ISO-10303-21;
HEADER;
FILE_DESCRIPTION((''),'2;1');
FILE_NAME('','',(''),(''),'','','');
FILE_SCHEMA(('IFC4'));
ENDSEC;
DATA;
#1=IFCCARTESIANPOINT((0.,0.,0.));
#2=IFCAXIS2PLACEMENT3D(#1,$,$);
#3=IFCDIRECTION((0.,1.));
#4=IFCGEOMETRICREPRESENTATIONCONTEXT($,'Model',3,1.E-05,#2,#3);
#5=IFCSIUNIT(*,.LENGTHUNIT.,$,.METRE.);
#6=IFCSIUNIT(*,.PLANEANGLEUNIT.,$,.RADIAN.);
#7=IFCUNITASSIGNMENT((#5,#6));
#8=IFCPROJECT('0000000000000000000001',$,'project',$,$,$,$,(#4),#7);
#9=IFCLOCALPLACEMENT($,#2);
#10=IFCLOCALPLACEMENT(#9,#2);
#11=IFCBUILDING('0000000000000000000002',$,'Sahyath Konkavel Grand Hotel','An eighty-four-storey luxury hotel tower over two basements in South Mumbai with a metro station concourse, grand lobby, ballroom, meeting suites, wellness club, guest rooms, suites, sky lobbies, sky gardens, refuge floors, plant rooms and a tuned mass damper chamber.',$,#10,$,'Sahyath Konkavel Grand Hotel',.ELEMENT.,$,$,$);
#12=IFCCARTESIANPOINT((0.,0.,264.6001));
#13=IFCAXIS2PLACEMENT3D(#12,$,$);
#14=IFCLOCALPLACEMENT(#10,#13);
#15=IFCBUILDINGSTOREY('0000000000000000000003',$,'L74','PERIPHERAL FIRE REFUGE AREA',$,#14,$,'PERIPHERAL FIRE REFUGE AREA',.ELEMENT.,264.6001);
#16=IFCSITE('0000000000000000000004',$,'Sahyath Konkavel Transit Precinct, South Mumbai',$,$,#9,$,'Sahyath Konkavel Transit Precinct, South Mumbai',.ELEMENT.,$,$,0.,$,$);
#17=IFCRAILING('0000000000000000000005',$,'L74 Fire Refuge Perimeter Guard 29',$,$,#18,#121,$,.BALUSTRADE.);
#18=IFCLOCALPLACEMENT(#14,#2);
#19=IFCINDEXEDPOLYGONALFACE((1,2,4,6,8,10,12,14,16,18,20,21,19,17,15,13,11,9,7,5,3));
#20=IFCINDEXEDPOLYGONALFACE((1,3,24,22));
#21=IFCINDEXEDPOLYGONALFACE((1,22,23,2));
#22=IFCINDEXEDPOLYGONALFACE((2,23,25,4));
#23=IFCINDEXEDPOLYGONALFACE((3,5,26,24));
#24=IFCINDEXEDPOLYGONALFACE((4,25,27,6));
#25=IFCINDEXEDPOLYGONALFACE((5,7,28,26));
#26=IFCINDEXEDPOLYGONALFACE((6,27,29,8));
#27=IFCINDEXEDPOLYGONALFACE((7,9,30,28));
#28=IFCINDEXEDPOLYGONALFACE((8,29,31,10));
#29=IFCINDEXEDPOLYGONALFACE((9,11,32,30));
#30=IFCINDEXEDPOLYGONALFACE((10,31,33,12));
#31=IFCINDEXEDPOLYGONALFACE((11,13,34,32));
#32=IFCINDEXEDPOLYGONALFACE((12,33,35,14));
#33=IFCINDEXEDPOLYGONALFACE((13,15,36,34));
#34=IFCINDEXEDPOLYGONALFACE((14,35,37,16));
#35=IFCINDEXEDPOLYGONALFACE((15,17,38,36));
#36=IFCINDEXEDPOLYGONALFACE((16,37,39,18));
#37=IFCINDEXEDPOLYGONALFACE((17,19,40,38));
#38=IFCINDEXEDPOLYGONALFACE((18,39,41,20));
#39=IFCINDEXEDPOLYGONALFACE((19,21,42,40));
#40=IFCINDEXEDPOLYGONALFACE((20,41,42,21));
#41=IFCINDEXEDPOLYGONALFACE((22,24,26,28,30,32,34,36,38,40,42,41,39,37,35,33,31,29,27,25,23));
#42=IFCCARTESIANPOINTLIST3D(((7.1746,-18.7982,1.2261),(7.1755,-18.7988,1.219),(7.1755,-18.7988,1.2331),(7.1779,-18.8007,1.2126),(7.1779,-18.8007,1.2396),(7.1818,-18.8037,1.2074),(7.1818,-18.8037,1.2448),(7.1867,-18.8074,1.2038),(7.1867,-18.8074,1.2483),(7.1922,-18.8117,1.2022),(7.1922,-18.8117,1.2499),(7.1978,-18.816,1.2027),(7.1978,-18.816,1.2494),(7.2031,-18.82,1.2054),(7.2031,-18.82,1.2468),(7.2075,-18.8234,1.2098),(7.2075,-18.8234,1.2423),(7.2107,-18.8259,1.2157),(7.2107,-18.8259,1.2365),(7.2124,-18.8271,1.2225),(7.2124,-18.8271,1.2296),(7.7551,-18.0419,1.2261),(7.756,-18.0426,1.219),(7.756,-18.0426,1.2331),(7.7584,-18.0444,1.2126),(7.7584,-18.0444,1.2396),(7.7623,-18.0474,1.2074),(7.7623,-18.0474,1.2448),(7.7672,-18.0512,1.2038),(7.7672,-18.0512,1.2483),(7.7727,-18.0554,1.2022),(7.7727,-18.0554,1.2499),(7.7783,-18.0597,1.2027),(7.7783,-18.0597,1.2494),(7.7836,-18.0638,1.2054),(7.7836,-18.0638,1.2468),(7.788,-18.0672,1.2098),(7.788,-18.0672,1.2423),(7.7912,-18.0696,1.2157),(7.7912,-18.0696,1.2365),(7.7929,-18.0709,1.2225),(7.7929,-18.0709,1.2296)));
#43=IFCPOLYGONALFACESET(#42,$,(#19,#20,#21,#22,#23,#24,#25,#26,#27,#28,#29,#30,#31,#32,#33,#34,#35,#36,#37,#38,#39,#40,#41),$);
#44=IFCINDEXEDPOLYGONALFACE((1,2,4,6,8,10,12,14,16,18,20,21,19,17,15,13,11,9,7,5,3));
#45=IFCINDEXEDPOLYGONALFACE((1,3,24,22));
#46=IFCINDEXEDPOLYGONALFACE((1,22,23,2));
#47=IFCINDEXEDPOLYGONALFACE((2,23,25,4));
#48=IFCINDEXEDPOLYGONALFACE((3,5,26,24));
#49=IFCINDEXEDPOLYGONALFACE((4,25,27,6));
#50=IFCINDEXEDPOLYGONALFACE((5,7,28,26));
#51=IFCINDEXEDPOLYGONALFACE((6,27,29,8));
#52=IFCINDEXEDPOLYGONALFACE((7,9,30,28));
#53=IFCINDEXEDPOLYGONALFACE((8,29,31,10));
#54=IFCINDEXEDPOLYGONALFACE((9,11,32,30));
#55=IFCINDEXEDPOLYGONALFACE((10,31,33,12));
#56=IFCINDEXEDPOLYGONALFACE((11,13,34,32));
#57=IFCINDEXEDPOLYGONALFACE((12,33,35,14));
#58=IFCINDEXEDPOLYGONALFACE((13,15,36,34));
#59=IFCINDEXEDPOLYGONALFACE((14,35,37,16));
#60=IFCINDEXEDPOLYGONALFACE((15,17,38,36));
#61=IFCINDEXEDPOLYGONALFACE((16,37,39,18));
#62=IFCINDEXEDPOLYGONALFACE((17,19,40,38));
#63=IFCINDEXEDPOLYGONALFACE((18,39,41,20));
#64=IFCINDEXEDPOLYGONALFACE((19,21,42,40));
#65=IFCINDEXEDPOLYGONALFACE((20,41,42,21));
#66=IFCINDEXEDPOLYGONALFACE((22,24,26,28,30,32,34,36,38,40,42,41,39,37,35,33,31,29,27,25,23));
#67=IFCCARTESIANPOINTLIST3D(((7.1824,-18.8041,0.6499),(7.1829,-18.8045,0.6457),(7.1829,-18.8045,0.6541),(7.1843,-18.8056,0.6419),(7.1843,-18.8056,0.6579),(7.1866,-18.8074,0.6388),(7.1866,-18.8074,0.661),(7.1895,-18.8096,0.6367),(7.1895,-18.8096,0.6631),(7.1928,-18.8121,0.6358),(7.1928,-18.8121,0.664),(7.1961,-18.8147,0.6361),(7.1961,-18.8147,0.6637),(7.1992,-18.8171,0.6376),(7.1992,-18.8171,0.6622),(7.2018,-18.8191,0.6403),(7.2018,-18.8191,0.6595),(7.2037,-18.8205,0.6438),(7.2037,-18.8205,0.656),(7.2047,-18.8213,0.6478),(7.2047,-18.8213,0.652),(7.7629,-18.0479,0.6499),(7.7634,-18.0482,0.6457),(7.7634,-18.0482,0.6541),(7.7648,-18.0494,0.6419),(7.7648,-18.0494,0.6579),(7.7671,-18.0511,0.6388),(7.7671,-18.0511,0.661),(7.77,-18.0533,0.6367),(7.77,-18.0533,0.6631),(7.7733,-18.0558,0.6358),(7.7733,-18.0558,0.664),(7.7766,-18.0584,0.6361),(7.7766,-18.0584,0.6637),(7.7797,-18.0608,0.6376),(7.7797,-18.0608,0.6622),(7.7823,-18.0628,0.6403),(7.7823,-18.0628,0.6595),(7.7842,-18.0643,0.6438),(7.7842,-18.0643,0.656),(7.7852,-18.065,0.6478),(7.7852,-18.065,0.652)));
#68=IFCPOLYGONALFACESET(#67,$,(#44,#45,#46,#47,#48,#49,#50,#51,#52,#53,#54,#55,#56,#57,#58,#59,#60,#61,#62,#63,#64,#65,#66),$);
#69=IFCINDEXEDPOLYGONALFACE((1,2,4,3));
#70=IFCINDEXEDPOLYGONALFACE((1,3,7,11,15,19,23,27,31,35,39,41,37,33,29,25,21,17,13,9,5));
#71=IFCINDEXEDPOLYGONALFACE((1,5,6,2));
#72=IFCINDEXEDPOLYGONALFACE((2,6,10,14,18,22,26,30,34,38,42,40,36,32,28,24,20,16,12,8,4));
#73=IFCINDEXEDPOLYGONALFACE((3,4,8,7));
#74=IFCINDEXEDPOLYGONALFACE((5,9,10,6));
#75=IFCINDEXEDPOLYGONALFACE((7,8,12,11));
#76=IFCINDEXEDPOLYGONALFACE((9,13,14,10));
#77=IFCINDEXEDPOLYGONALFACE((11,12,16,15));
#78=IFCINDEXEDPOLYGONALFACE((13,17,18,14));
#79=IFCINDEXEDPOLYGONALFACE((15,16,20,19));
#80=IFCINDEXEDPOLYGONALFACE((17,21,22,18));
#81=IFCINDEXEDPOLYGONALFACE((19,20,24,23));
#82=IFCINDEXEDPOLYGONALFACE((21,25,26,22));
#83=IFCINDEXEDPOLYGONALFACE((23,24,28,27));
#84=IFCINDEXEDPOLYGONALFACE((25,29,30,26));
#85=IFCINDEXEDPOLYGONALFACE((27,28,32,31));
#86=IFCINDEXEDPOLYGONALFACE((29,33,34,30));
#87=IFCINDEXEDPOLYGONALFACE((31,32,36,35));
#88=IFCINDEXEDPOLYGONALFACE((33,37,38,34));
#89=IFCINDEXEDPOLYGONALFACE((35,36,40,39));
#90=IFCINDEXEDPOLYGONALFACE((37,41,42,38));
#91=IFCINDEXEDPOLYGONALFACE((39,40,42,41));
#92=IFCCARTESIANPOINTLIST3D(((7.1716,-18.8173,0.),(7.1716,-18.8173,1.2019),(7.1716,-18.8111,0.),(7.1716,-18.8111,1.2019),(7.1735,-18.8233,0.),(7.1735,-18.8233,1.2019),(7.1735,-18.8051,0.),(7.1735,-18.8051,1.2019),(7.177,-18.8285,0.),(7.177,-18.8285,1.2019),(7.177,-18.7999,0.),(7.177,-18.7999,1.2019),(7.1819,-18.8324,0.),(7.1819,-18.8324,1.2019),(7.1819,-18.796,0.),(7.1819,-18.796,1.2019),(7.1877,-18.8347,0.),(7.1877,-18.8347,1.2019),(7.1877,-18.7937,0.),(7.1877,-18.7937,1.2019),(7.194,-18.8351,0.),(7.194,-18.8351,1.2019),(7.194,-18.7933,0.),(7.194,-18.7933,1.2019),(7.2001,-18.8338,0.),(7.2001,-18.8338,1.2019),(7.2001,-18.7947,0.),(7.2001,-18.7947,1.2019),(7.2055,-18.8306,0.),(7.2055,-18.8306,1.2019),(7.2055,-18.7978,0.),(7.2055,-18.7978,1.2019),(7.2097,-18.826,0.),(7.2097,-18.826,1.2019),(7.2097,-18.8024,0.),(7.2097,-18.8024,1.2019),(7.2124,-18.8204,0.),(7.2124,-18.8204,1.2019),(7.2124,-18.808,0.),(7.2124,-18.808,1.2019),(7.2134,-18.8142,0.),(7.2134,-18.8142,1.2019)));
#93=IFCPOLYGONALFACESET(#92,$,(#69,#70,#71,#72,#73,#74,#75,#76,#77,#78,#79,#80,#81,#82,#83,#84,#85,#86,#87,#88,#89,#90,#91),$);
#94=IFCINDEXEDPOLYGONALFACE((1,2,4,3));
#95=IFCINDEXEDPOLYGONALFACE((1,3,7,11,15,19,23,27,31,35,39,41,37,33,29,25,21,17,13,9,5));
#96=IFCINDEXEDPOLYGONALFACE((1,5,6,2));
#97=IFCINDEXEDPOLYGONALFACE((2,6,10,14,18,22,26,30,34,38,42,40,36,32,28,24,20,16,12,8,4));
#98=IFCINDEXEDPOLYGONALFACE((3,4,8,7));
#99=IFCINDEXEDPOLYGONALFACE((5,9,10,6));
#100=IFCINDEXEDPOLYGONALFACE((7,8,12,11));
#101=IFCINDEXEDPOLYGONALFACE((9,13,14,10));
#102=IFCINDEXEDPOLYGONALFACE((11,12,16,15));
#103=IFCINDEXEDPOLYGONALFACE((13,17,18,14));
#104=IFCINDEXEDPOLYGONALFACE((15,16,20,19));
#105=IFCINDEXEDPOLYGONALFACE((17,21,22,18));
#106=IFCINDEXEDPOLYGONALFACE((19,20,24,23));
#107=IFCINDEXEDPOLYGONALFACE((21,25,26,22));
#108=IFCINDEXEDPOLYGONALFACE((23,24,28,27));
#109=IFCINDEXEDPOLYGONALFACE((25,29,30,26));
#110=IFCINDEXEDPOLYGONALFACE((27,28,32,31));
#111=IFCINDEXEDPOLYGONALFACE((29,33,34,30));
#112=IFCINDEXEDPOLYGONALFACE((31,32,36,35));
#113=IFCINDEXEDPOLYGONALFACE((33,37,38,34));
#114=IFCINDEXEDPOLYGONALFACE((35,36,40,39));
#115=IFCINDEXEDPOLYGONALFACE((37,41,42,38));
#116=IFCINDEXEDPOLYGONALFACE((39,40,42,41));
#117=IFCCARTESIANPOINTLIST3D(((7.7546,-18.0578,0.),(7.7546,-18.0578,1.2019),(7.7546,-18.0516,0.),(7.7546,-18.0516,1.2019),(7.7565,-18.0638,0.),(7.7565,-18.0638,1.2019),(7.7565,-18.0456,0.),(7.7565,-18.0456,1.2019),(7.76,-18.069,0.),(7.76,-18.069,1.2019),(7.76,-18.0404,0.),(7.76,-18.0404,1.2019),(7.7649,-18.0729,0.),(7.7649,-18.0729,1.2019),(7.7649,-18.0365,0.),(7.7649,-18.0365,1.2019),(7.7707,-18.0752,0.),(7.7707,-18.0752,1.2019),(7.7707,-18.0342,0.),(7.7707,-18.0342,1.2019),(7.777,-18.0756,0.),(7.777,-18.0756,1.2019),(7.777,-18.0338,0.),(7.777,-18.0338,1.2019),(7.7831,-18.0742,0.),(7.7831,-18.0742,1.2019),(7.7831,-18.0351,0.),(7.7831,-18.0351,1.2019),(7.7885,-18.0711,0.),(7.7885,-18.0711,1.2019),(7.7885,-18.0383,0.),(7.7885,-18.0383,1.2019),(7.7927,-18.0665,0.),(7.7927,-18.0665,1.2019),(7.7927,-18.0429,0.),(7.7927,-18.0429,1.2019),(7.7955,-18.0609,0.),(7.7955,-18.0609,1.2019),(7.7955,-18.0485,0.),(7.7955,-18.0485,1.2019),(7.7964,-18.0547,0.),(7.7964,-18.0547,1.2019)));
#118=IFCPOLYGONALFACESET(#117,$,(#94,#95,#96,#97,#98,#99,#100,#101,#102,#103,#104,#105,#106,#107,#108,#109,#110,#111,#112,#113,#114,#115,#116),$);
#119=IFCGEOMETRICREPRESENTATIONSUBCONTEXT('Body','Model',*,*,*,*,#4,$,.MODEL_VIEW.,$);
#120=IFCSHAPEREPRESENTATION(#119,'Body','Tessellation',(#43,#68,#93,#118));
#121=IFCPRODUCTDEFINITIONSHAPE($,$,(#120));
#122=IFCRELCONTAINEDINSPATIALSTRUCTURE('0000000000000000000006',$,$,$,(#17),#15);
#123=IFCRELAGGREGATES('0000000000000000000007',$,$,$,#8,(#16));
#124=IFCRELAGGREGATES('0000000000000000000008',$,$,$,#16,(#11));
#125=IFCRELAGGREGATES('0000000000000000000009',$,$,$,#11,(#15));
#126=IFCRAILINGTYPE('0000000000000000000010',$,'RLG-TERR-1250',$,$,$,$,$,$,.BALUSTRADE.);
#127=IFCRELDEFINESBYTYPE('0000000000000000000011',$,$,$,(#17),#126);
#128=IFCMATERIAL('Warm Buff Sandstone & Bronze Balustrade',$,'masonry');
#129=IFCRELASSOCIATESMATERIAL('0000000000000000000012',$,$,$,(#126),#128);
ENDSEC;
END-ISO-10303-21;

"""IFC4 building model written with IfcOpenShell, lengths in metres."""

from ifc_helpers import new_model, si_unit, direction, frame, origin, origin_2d, place, context, subcontext, project, spatial, circle, extrude, material, type_object, element, save


model = new_model("IFC4")

# Units and contexts
model_context = context("Model", 3, precision=1e-05, world=origin(), true_north=direction((0.0, 1.0)))
body_context = subcontext(model_context, "Body", "Model", "MODEL_VIEW")
ifc_project = project(units=[si_unit("LENGTHUNIT", "METRE"), si_unit("PLANEANGLEUNIT", "RADIAN")], contexts=[model_context])

# Site, building, storey
site_placement = place(None, origin())
site = spatial("IfcSite", under=ifc_project, at=site_placement, Name="Sahyath Konkavel Transit Precinct, South Mumbai", LongName="Sahyath Konkavel Transit Precinct, South Mumbai", CompositionType="ELEMENT", RefElevation=0.0)
building_placement = place(site_placement, origin())
building = spatial("IfcBuilding", under=site, at=building_placement, Name="Sahyath Konkavel Grand Hotel", Description="An eighty-four-storey luxury hotel tower over two basements in South Mumbai with a metro station concourse, grand lobby, ballroom, meeting suites, wellness club, guest rooms, suites, sky lobbies, sky gardens, refuge floors, plant rooms and a tuned mass damper chamber.", LongName="Sahyath Konkavel Grand Hotel", CompositionType="ELEMENT")
storey_placement = place(building_placement, frame((0.0, 0.0, 264.6001)))
storey = spatial("IfcBuildingStorey", under=building, at=storey_placement, Name="L74", Description="PERIPHERAL FIRE REFUGE AREA", LongName="PERIPHERAL FIRE REFUGE AREA", CompositionType="ELEMENT", Elevation=264.6001)

# Railing
ifc_material_1 = material(Name="Warm Buff Sandstone & Bronze Balustrade", Category="masonry")
railing_type = type_object("IfcRailingType", Name="RLG-TERR-1250", PredefinedType="BALUSTRADE", material=ifc_material_1)
railing_1_placement = place(storey_placement, frame((7.1924, -18.8142, 0.0)))
element("IfcRailing", 1, at=railing_1_placement, inside=storey, type_object=railing_type, Name="L74 Fire Refuge Perimeter Guard 29", PredefinedType="BALUSTRADE", context=body_context, shape_type="SweptSolid", body=[
    extrude(circle(Radius=0.0239, at=origin_2d()), frame((0.0012, 0.0015, 1.2261), z_axis=(0.608897, 0.793249, 0.0), x_axis=(-0.793249, 0.608897, 0.0)), (0.0, 0.0, 1.0), 0.9534),
    extrude(circle(Radius=0.0142, at=origin_2d()), frame((0.0012, 0.0015, 0.6499), z_axis=(0.608897, 0.793249, 0.0), x_axis=(-0.793249, 0.608897, 0.0)), (0.0, 0.0, 1.0), 0.9534),
    extrude(circle(Radius=0.021, at=origin_2d()), origin(), (0.0, 0.0, 1.0), 1.2019),
    extrude(circle(Radius=0.021, at=origin_2d()), frame((0.583, 0.7595, 0.0)), (0.0, 0.0, 1.0), 1.2019),
])

save(model, "model.ifc")
